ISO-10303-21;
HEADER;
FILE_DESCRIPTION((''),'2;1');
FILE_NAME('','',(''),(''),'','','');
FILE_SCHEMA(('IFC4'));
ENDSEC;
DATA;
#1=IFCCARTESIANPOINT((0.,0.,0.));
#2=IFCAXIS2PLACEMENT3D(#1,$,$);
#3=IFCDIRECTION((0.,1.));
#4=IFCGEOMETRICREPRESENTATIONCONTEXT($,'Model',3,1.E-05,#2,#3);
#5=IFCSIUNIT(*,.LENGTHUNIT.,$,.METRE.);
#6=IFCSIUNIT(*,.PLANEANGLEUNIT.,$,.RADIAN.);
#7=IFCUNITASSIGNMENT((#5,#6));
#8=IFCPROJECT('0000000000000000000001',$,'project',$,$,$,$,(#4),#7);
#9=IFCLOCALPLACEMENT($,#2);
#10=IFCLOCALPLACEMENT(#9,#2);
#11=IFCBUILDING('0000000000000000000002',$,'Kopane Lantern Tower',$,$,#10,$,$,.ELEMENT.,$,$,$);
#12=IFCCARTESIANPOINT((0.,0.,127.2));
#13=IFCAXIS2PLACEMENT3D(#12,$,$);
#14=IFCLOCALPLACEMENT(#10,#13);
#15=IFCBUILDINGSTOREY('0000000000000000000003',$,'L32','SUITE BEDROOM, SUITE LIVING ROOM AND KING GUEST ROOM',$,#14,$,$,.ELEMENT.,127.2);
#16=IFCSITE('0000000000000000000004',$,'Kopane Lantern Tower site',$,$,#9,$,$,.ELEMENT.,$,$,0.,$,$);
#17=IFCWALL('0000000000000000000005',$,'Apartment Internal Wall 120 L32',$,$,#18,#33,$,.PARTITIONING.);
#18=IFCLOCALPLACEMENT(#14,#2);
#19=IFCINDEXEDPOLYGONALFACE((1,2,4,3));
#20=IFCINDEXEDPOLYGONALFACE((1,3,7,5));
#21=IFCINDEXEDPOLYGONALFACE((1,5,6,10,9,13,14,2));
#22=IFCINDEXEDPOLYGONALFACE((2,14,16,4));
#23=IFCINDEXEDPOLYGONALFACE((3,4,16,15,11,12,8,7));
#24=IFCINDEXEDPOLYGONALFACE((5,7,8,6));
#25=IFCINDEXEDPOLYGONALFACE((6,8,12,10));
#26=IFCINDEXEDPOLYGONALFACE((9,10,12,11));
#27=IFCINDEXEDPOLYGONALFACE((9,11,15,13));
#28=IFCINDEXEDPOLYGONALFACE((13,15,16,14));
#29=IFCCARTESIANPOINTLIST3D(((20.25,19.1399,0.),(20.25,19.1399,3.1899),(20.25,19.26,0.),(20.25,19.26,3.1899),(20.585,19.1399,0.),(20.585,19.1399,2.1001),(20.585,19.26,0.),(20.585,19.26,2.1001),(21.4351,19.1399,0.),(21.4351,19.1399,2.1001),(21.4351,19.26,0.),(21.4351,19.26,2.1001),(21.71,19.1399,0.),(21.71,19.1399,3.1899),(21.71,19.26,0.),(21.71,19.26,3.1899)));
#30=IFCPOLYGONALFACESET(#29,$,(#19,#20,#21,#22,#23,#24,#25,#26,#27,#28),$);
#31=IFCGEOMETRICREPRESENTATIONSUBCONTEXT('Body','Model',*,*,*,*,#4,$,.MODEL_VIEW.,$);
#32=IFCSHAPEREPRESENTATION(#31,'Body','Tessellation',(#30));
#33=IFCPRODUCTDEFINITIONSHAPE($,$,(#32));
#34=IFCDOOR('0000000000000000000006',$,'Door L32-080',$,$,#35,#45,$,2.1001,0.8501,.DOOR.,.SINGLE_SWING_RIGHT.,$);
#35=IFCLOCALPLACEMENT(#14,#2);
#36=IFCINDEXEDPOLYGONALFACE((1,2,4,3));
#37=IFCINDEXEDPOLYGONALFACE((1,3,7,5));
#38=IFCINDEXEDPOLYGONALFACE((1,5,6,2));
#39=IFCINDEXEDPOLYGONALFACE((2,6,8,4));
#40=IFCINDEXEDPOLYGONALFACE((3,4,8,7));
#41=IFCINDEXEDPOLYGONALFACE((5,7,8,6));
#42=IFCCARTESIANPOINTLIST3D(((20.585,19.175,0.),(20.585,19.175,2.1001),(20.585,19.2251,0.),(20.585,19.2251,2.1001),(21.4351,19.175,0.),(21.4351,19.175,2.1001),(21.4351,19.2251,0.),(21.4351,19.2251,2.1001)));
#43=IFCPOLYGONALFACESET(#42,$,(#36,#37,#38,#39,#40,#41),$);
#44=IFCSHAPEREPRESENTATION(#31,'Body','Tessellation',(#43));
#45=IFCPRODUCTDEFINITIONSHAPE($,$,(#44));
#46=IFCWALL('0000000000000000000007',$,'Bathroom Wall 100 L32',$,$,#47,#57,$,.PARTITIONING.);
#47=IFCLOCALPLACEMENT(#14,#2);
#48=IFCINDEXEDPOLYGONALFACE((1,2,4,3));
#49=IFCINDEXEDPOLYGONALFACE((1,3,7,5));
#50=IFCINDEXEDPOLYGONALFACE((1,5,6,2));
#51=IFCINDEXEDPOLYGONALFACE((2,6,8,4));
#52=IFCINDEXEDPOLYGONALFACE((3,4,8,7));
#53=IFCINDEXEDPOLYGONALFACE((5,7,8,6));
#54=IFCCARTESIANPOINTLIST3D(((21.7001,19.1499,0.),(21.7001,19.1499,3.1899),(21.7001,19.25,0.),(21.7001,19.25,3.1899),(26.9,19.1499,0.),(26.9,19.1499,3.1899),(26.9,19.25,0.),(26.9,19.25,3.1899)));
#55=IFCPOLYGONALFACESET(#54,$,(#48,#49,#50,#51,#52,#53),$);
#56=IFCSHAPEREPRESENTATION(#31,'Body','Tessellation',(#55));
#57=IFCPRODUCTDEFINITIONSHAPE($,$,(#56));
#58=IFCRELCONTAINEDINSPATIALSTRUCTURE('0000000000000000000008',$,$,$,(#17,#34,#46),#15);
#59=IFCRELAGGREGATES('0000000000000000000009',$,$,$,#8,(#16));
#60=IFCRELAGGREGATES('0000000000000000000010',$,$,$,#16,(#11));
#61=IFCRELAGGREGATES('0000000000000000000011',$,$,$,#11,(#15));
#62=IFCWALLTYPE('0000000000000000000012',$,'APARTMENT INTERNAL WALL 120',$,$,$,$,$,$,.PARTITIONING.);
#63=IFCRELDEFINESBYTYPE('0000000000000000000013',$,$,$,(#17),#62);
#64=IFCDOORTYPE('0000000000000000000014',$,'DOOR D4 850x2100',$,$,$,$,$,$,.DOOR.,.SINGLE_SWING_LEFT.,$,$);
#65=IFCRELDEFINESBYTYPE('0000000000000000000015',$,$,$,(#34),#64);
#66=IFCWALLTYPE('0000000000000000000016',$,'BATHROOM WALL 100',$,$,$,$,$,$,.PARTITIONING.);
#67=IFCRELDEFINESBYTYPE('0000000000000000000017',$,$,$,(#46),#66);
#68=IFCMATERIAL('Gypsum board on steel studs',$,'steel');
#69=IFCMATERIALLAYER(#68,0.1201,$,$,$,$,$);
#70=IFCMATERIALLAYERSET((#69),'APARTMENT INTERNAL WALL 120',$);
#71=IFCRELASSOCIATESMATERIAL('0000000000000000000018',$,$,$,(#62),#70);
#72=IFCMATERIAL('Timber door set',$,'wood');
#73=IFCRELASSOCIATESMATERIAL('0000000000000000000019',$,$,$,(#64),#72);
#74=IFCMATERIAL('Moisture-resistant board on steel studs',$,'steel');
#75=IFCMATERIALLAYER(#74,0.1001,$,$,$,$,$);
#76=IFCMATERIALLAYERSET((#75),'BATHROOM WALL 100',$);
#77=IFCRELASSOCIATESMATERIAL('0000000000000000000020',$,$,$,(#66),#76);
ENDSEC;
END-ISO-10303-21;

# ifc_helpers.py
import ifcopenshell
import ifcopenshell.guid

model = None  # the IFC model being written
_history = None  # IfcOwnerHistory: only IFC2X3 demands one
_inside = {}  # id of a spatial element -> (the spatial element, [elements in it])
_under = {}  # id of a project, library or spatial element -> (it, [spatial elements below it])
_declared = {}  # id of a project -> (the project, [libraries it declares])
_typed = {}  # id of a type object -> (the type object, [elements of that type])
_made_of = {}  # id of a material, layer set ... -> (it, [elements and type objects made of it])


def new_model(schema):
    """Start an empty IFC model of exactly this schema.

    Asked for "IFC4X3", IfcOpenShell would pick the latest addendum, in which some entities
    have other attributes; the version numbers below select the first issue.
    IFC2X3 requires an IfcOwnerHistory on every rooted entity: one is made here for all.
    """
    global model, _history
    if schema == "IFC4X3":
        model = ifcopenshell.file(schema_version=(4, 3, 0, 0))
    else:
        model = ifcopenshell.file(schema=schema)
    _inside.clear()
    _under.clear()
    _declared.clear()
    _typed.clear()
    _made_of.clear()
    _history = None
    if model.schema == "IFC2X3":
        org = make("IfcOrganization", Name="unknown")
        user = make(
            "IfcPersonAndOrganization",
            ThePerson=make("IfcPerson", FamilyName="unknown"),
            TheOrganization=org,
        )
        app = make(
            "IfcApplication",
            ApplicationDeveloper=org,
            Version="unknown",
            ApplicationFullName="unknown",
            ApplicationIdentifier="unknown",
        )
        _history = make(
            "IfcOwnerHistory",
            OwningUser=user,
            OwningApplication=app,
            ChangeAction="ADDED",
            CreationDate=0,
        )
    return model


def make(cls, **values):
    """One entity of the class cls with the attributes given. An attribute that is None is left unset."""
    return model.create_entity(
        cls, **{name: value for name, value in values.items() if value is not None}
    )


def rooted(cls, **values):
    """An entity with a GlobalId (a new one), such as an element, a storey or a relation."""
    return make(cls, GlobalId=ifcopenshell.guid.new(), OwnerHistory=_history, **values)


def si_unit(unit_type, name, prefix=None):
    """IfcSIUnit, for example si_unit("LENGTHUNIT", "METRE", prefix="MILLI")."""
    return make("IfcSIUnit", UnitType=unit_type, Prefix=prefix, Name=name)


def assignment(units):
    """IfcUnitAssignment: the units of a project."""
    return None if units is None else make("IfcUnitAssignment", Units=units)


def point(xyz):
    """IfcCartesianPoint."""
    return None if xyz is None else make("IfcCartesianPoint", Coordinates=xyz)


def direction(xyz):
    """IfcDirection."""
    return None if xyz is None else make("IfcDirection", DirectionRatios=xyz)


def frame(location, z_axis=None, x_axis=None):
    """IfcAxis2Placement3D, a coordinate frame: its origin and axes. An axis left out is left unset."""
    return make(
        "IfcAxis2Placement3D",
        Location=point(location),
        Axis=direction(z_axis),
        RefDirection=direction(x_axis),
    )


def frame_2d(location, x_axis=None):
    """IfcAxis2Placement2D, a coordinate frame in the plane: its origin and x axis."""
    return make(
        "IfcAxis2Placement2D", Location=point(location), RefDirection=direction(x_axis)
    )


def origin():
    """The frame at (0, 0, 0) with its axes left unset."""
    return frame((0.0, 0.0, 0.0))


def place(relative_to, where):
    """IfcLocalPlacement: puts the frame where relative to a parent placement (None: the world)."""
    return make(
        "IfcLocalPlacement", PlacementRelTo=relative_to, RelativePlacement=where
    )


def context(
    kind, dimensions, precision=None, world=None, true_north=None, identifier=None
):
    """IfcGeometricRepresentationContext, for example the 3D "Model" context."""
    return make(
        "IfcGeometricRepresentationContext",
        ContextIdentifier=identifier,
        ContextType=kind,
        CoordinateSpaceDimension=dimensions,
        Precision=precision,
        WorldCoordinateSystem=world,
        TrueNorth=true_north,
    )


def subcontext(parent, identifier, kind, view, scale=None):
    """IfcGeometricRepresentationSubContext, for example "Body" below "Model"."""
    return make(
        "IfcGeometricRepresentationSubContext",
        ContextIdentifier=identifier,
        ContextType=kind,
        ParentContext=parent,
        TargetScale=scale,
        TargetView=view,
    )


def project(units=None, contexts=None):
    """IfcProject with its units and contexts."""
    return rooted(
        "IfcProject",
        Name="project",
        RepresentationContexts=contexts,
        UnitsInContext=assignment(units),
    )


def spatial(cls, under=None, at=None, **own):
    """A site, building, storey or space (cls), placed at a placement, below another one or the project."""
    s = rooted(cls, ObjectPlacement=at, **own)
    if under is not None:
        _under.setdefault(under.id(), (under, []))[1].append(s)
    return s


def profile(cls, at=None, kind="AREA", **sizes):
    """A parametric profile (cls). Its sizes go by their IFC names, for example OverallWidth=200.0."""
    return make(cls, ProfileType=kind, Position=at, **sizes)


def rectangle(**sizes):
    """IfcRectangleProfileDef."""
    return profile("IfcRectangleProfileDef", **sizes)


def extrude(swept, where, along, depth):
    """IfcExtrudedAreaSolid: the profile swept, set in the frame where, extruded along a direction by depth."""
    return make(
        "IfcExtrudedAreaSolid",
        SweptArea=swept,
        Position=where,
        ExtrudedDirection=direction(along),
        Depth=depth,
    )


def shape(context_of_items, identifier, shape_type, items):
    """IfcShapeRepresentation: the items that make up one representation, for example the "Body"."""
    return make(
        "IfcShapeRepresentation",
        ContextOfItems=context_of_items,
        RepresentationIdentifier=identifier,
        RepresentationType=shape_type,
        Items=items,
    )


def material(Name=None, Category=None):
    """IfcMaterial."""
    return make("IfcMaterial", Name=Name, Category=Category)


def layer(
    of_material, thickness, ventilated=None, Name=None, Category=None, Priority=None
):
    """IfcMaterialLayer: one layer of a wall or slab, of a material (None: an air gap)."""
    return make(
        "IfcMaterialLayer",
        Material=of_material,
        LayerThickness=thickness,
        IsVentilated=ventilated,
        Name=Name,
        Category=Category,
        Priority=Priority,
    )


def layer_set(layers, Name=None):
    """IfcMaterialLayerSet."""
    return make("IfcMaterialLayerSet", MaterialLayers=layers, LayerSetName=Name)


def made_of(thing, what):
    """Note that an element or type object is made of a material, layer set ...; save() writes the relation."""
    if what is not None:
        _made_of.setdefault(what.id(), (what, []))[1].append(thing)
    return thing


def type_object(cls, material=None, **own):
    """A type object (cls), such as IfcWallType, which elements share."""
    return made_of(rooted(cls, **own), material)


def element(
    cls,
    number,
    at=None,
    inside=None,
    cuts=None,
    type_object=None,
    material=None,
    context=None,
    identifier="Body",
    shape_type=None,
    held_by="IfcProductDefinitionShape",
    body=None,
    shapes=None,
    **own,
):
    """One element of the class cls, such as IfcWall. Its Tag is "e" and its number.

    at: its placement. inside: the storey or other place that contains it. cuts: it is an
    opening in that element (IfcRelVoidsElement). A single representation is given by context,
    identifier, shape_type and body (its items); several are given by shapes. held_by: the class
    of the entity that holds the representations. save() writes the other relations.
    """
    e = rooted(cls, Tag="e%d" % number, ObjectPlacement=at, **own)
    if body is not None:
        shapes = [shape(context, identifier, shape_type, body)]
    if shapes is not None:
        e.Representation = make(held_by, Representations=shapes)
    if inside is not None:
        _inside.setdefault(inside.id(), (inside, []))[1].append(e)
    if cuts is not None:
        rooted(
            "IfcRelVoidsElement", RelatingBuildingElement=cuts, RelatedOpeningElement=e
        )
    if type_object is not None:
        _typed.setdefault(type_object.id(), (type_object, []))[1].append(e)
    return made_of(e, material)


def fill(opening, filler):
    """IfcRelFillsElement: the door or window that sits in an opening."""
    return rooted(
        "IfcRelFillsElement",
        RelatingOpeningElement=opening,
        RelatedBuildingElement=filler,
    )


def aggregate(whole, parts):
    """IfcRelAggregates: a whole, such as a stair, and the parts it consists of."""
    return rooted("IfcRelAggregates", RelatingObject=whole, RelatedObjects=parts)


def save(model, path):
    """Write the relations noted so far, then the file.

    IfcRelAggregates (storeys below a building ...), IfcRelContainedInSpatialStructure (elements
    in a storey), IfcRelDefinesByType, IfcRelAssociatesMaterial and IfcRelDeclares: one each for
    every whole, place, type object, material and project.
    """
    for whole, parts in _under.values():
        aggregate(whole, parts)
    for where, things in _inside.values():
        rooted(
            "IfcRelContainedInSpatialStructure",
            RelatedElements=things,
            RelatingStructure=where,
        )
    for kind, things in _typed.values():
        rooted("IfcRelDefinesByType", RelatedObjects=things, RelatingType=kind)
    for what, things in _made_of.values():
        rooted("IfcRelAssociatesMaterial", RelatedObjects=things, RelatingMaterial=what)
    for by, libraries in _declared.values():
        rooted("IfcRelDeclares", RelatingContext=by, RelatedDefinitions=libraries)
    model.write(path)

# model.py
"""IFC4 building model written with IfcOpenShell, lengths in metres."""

from ifc_helpers import new_model, si_unit, direction, frame, frame_2d, origin, place, context, subcontext, project, spatial, rectangle, extrude, material, layer, layer_set, type_object, element, fill, save


model = new_model("IFC4")

# Units and contexts
model_context = context("Model", 3, precision=1e-05, world=origin(), true_north=direction((0.0, 1.0)))
body_context = subcontext(model_context, "Body", "Model", "MODEL_VIEW")
ifc_project = project(units=[si_unit("LENGTHUNIT", "METRE"), si_unit("PLANEANGLEUNIT", "RADIAN")], contexts=[model_context])

# Site, building, storey
site_placement = place(None, origin())
site = spatial("IfcSite", under=ifc_project, at=site_placement, Name="Kopane Lantern Tower site", CompositionType="ELEMENT", RefElevation=0.0)
building_placement = place(site_placement, origin())
building = spatial("IfcBuilding", under=site, at=building_placement, Name="Kopane Lantern Tower", CompositionType="ELEMENT")
storey_placement = place(building_placement, frame((0.0, 0.0, 127.2)))
storey = spatial("IfcBuildingStorey", under=building, at=storey_placement, Name="L32", Description="SUITE BEDROOM, SUITE LIVING ROOM AND KING GUEST ROOM", CompositionType="ELEMENT", Elevation=127.2)

# Wall, opening, door
ifc_material_1 = material(Name="Gypsum board on steel studs", Category="steel")
ifc_layer_1 = layer(ifc_material_1, 0.1201)
ifc_layer_set_1 = layer_set([ifc_layer_1], Name="APARTMENT INTERNAL WALL 120")
wall_type_1 = type_object("IfcWallType", Name="APARTMENT INTERNAL WALL 120", PredefinedType="PARTITIONING", material=ifc_layer_set_1)
ifc_material_2 = material(Name="Timber door set", Category="wood")
door_type = type_object("IfcDoorType", Name="DOOR D4 850x2100", OperationType="SINGLE_SWING_LEFT", PredefinedType="DOOR", material=ifc_material_2)
wall_1_placement = place(storey_placement, frame((21.71, 19.2, 0.0), z_axis=(0.0, 0.0, 1.0), x_axis=(-1.0, 0.0, 0.0)))
wall_1 = element("IfcWall", 1, at=wall_1_placement, inside=storey, type_object=wall_type_1, Name="Apartment Internal Wall 120 L32", PredefinedType="PARTITIONING", context=body_context, shape_type="SweptSolid", body=[
    extrude(rectangle(XDim=1.46, YDim=0.1201, at=frame_2d((0.73, 0.0))), origin(), (0.0, 0.0, 1.0), 3.1899),
])
opening_1_placement = place(wall_1_placement, frame((0.2749, 0.0, 0.0)))
opening_1 = element("IfcOpeningElement", 2, at=opening_1_placement, cuts=wall_1, PredefinedType="OPENING", context=body_context, shape_type="SweptSolid", body=[
    extrude(rectangle(XDim=0.8501, YDim=2.1001, at=frame_2d((0.425, 1.05))), frame((0.0, 0.0701, 0.0), z_axis=(0.0, -1.0, 0.0), x_axis=(1.0, 0.0, 0.0)), (0.0, 0.0, 1.0), 0.1401),
])
door_1_placement = place(opening_1_placement, origin())
door_1 = element("IfcDoor", 3, at=door_1_placement, inside=storey, type_object=door_type, Name="Door L32-080", OperationType="SINGLE_SWING_RIGHT", OverallHeight=2.1001, OverallWidth=0.8501, PredefinedType="DOOR", context=body_context, shape_type="SweptSolid", body=[
    extrude(rectangle(XDim=0.8501, YDim=2.1001, at=frame_2d((0.425, 1.05))), frame((0.0, 0.0249, 0.0), z_axis=(0.0, -1.0, 0.0), x_axis=(1.0, 0.0, 0.0)), (0.0, 0.0, 1.0), 0.05),
])
fill(opening_1, door_1)

# Wall
ifc_material_3 = material(Name="Moisture-resistant board on steel studs", Category="steel")
ifc_layer_2 = layer(ifc_material_3, 0.1001)
ifc_layer_set_2 = layer_set([ifc_layer_2], Name="BATHROOM WALL 100")
wall_type_2 = type_object("IfcWallType", Name="BATHROOM WALL 100", PredefinedType="PARTITIONING", material=ifc_layer_set_2)
wall_2_placement = place(storey_placement, frame((21.7, 19.2, 0.0), z_axis=(0.0, 0.0, 1.0), x_axis=(1.0, 0.0, 0.0)))
element("IfcWall", 4, at=wall_2_placement, inside=storey, type_object=wall_type_2, Name="Bathroom Wall 100 L32", PredefinedType="PARTITIONING", context=body_context, shape_type="SweptSolid", body=[
    extrude(rectangle(XDim=5.2, YDim=0.1001, at=frame_2d((2.6001, 0.0))), origin(), (0.0, 0.0, 1.0), 3.1899),
])

save(model, "model.ifc")
